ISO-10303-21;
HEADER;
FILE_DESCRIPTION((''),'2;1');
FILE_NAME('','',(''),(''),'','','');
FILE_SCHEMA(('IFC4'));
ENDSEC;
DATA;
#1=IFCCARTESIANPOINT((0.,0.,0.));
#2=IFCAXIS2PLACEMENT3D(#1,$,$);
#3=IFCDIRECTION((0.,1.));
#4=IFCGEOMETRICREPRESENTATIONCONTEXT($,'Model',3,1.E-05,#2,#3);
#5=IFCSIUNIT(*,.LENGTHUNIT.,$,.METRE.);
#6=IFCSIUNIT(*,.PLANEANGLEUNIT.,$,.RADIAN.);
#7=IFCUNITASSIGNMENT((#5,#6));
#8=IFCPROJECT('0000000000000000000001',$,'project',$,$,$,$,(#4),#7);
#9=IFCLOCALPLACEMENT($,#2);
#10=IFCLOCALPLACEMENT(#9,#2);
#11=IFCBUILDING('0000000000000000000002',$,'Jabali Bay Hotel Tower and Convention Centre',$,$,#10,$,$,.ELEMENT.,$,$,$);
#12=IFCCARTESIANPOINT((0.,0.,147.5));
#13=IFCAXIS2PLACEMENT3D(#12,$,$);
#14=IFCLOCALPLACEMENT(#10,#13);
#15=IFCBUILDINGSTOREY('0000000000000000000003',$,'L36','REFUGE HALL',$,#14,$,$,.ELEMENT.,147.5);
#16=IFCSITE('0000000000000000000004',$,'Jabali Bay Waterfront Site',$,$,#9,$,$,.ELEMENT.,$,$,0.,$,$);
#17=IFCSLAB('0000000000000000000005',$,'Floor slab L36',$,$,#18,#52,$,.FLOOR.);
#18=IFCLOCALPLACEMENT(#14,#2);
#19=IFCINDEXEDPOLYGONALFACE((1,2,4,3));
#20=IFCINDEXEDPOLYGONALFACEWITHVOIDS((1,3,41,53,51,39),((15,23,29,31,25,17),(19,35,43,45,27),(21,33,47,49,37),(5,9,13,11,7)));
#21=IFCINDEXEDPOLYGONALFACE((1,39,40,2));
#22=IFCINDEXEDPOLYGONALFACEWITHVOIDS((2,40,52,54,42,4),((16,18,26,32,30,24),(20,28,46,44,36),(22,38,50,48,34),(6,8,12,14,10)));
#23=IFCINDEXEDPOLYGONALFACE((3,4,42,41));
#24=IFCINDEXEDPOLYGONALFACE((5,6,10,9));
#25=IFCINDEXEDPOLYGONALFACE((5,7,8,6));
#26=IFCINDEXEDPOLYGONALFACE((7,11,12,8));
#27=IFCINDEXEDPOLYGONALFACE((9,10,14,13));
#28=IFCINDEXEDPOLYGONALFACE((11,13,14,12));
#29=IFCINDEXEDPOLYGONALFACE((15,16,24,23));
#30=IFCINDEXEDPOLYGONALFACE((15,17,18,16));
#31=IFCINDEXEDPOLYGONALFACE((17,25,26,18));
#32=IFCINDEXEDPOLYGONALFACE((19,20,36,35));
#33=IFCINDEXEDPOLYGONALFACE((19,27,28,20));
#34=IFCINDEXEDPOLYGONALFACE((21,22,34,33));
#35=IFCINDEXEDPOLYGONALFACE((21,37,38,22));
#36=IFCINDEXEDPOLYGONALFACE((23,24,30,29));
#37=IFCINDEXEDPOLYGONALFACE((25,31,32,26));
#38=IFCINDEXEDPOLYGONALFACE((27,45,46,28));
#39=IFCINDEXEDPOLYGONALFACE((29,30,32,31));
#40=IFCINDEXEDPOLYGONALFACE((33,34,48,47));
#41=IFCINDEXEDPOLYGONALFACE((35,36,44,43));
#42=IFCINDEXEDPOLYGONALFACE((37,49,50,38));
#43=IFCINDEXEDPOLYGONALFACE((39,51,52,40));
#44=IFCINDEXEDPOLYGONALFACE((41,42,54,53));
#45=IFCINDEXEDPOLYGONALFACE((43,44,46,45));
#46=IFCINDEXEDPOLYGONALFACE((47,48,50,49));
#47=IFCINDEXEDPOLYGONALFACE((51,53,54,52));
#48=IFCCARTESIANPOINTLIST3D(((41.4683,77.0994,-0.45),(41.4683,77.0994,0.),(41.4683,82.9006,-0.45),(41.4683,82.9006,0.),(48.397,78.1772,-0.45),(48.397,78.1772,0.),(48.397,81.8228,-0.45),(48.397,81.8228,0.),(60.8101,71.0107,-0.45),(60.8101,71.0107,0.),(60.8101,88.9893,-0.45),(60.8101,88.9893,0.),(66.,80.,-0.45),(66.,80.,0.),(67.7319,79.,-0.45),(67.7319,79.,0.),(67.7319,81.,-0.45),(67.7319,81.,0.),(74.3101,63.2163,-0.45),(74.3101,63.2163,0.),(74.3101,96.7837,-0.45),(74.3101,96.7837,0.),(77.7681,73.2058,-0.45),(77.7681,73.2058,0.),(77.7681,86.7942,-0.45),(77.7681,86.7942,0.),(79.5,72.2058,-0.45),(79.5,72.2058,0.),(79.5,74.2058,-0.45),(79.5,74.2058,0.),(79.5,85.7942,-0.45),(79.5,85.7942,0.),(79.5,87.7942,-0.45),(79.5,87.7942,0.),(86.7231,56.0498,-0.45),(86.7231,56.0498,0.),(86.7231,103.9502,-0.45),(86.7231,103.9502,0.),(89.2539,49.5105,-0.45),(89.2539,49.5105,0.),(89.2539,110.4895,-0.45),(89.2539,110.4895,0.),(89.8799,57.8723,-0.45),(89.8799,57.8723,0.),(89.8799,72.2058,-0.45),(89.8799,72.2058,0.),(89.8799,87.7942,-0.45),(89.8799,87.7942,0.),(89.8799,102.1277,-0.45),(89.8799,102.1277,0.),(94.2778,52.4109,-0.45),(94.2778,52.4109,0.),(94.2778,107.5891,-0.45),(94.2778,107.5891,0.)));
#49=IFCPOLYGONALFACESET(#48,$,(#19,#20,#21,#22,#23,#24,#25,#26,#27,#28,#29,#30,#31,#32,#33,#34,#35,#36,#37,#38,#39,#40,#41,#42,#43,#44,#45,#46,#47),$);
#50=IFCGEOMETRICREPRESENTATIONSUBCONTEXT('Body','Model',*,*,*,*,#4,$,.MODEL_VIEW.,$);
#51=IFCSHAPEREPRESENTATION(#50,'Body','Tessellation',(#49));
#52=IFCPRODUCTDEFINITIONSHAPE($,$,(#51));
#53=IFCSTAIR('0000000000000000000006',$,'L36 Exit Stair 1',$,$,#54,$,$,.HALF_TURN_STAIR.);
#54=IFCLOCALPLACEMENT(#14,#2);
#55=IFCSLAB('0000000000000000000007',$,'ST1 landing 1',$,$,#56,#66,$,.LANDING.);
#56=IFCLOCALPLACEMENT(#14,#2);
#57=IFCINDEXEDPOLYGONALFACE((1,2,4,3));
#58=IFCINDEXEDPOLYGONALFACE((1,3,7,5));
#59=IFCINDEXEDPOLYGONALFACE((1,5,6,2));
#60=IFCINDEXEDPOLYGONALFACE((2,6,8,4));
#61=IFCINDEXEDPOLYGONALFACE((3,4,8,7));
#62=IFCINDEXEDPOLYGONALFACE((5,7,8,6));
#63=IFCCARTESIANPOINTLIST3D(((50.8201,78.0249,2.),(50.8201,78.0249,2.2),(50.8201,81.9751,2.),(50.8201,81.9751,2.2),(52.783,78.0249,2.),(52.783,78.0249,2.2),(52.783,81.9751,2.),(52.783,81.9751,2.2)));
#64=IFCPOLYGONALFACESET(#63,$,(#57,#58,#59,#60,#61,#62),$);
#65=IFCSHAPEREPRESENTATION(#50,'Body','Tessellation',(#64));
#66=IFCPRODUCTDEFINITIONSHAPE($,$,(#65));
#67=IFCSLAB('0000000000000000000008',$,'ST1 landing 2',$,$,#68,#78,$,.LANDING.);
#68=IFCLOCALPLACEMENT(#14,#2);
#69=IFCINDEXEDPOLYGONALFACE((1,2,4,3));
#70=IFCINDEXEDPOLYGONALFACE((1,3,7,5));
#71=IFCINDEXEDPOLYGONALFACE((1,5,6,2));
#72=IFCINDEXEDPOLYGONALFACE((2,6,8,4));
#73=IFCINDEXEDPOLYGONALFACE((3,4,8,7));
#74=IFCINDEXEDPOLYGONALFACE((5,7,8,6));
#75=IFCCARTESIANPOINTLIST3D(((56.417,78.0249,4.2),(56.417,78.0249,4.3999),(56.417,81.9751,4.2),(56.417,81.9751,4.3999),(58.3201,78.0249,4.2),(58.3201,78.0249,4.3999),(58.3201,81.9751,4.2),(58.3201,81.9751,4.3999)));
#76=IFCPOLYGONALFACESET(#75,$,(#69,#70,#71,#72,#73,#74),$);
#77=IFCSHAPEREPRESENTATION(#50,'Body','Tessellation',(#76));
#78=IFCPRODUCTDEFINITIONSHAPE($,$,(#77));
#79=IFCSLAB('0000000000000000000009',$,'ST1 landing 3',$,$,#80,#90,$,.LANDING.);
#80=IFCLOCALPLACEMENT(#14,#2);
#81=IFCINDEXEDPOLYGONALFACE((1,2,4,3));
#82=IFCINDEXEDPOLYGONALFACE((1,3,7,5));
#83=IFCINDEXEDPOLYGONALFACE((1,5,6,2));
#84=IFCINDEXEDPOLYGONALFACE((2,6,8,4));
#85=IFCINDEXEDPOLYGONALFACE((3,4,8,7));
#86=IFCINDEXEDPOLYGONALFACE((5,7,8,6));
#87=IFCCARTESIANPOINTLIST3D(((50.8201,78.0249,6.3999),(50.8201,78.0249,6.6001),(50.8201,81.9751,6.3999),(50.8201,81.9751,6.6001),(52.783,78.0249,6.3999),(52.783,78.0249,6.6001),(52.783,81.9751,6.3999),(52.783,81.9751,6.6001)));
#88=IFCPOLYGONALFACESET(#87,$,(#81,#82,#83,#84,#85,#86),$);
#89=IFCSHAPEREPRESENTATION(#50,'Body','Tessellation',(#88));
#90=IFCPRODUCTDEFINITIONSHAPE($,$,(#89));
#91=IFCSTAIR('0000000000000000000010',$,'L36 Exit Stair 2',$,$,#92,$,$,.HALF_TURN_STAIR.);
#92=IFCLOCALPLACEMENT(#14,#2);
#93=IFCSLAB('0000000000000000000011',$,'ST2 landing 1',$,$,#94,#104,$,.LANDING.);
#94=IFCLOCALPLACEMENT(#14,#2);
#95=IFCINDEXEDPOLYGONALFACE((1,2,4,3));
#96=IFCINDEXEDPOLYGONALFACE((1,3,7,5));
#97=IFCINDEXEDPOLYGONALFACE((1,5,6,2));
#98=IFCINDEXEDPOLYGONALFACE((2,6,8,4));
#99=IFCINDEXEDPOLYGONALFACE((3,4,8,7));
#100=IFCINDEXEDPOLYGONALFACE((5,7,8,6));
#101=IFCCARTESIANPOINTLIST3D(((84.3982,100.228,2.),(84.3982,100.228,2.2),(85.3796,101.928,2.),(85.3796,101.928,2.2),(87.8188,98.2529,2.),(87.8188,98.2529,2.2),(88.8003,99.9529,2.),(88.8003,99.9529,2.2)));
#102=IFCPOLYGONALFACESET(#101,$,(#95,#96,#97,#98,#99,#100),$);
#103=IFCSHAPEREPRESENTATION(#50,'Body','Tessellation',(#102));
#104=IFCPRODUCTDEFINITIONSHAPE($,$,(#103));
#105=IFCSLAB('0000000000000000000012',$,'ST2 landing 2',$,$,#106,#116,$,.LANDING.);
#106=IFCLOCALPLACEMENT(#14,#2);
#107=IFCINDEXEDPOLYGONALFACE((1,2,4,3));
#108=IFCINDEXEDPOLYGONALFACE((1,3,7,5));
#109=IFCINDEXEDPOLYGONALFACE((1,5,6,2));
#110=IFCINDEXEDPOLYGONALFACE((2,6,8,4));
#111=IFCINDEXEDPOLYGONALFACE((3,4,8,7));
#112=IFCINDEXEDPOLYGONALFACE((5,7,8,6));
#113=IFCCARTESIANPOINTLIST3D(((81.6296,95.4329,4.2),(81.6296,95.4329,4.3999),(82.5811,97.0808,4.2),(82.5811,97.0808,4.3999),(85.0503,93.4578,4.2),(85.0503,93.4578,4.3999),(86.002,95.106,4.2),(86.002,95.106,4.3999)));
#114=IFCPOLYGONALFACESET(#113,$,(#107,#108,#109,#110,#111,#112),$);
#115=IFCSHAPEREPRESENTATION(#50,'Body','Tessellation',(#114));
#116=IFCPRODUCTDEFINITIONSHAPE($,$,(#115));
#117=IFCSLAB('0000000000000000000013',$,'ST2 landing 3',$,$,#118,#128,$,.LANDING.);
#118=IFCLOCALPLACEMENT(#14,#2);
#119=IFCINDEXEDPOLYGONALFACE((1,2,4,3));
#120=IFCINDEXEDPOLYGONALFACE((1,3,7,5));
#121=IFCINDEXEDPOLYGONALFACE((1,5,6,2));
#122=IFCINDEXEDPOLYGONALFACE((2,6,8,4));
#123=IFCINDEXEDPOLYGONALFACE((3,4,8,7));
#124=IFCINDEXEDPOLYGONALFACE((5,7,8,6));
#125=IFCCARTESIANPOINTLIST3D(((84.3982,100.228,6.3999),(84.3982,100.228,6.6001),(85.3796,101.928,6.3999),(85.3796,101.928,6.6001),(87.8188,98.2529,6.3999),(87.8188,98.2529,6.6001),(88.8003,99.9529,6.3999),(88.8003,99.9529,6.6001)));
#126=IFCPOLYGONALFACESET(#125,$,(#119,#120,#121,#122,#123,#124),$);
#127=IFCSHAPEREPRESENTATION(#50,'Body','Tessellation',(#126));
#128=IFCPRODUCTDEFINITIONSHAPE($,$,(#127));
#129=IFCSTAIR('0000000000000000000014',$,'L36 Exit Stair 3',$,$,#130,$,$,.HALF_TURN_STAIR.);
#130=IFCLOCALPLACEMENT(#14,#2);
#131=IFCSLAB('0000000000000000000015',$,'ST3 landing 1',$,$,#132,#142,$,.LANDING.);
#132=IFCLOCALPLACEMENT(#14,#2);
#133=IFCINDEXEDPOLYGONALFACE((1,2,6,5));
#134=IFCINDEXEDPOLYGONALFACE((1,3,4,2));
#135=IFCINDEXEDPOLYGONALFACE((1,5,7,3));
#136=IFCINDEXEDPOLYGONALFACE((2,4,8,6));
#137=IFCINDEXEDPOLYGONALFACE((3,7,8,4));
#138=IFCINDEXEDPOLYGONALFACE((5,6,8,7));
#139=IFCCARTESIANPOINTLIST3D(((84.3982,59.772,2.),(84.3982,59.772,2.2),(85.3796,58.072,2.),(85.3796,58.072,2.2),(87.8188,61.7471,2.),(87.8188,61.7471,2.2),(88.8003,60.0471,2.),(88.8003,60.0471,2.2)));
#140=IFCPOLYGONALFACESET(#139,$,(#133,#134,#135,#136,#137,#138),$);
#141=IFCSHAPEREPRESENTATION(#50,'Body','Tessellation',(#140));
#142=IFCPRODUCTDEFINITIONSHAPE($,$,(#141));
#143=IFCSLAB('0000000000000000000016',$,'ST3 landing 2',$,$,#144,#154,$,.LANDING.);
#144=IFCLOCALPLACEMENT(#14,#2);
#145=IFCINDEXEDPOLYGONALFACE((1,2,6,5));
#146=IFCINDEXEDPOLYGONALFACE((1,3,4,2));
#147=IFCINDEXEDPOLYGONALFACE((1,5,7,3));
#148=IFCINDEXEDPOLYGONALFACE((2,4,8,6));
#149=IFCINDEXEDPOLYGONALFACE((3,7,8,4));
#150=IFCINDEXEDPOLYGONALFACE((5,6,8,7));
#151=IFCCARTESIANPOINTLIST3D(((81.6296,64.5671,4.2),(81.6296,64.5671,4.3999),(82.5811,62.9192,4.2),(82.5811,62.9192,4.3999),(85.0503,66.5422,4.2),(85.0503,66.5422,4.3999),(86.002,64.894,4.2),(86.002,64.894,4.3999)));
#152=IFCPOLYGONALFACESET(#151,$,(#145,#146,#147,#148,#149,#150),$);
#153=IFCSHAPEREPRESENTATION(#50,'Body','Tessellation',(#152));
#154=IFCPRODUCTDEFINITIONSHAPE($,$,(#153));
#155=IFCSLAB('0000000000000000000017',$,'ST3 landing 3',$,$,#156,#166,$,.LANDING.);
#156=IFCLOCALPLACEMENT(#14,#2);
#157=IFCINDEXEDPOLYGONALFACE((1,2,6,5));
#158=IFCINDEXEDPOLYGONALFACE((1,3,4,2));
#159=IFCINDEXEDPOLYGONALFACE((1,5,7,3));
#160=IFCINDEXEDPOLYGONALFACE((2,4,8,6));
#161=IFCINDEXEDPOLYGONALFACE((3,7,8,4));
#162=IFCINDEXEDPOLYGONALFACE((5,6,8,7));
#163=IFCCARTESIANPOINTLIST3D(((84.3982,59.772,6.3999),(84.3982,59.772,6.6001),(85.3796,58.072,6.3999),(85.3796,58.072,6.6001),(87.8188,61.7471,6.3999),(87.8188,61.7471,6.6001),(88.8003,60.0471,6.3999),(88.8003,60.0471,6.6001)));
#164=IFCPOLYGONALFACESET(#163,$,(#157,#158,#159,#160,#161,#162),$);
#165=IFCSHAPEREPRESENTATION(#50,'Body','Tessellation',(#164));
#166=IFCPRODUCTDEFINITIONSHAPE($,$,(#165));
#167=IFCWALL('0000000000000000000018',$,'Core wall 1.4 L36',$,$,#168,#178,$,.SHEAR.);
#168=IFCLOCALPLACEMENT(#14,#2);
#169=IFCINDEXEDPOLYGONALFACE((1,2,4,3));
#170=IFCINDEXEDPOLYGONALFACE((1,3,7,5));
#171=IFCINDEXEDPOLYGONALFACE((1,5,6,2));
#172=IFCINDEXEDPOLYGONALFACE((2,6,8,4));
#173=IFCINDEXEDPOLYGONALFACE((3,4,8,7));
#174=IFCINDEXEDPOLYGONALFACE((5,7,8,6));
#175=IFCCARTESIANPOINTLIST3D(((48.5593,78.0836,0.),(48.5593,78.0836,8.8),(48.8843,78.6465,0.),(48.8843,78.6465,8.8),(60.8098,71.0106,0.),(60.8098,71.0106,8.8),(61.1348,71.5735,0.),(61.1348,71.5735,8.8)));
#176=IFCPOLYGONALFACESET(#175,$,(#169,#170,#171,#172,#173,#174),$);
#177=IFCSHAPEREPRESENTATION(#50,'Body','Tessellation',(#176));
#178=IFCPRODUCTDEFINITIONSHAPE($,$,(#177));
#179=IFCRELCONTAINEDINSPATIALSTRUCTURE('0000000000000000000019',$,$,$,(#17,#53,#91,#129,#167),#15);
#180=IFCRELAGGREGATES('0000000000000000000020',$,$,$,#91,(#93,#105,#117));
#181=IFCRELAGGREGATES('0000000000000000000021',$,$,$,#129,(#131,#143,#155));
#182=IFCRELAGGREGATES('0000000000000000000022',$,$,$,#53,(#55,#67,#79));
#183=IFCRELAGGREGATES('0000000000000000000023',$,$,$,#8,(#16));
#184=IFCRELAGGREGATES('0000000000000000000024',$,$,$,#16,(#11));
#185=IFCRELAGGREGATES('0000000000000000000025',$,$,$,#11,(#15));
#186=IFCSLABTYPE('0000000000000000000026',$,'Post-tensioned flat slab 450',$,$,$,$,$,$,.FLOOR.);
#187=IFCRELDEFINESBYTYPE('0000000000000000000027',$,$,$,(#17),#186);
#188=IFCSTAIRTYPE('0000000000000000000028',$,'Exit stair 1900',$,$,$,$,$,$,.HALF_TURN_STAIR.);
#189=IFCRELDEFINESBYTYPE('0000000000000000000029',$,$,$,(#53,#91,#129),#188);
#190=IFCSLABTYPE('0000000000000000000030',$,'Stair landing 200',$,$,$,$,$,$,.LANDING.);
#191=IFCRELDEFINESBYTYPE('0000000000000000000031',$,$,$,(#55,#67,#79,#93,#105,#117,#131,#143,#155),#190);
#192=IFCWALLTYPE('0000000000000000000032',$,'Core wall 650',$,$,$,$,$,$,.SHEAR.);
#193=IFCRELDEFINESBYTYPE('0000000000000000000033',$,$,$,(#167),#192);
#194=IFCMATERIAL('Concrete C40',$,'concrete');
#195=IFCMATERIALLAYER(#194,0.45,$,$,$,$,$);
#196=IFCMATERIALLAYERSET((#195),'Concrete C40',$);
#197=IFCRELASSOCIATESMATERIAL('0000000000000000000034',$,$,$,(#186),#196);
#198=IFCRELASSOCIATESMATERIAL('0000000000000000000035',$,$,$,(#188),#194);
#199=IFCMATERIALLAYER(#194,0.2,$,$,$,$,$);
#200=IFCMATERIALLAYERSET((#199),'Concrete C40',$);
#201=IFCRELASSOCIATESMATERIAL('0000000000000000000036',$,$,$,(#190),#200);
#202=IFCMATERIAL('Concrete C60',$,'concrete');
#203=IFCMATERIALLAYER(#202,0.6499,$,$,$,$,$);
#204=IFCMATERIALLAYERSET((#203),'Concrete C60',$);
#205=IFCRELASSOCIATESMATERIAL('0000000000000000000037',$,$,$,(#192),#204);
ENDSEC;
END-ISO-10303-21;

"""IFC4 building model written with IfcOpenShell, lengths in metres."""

from ifc_helpers import new_model, si_unit, direction, frame, frame_2d, origin, place, context, subcontext, project, spatial, polyline, rectangle, outline, extrude, material, layer, layer_set, type_object, element, aggregate, save


model = new_model("IFC4")

# Units and contexts
model_context = context("Model", 3, precision=1e-05, world=origin(), true_north=direction((0.0, 1.0)))
body_context = subcontext(model_context, "Body", "Model", "MODEL_VIEW")
ifc_project = project(units=[si_unit("LENGTHUNIT", "METRE"), si_unit("PLANEANGLEUNIT", "RADIAN")], contexts=[model_context])

# Site, building, storey
site_placement = place(None, origin())
site = spatial("IfcSite", under=ifc_project, at=site_placement, Name="Jabali Bay Waterfront Site", CompositionType="ELEMENT", RefElevation=0.0)
building_placement = place(site_placement, origin())
building = spatial("IfcBuilding", under=site, at=building_placement, Name="Jabali Bay Hotel Tower and Convention Centre", CompositionType="ELEMENT")
storey_placement = place(building_placement, frame((0.0, 0.0, 147.5)))
storey = spatial("IfcBuildingStorey", under=building, at=storey_placement, Name="L36", Description="REFUGE HALL", CompositionType="ELEMENT", Elevation=147.5)

# Shared definitions
ifc_material_1 = material(Name="Concrete C60", Category="concrete")

# Slab
ifc_material_2 = material(Name="Concrete C40", Category="concrete")
ifc_layer_1 = layer(ifc_material_2, 0.45)
ifc_layer_set_1 = layer_set([ifc_layer_1], Name="Concrete C40")
slab_type_1 = type_object("IfcSlabType", Name="Post-tensioned flat slab 450", PredefinedType="FLOOR", material=ifc_layer_set_1)
slab_1_placement = place(storey_placement, frame((0.0, 0.0, -0.45)))
element("IfcSlab", 1, at=slab_1_placement, inside=storey, type_object=slab_type_1, Name="Floor slab L36", PredefinedType="FLOOR", context=body_context, shape_type="SweptSolid", body=[
    extrude(outline(polyline([(89.2539, 110.4895), (94.2778, 107.5891), (94.2778, 52.4109), (89.2539, 49.5105), (41.4683, 77.0994), (41.4683, 82.9006), (89.2539, 110.4895)]), holes=[polyline([(67.7319, 79.0), (77.7681, 73.2058), (79.5, 74.2058), (79.5, 85.7942), (77.7681, 86.7942), (67.7319, 81.0), (67.7319, 79.0)]), polyline([(48.397, 78.1772), (60.8101, 71.0107), (66.0, 80.0), (60.8101, 88.9893), (48.397, 81.8228), (48.397, 78.1772)]), polyline([(89.8799, 102.1277), (86.7231, 103.9502), (74.3101, 96.7837), (79.5, 87.7942), (89.8799, 87.7942), (89.8799, 102.1277)]), polyline([(74.3101, 63.2163), (86.7231, 56.0498), (89.8799, 57.8723), (89.8799, 72.2058), (79.5, 72.2058), (74.3101, 63.2163)])]), origin(), (0.0, 0.0, 1.0), 0.45),
])

# Stairs, slabs
stair_type = type_object("IfcStairType", Name="Exit stair 1900", PredefinedType="HALF_TURN_STAIR", material=ifc_material_2)
stair_1_placement = place(storey_placement, origin())
stair_1 = element("IfcStair", 2, at=stair_1_placement, inside=storey, type_object=stair_type, Name="L36 Exit Stair 1", PredefinedType="HALF_TURN_STAIR")
ifc_layer_2 = layer(ifc_material_2, 0.2)
ifc_layer_set_2 = layer_set([ifc_layer_2], Name="Concrete C40")
slab_type_2 = type_object("IfcSlabType", Name="Stair landing 200", PredefinedType="LANDING", material=ifc_layer_set_2)
slab_2_placement = place(storey_placement, frame((0.0, 0.0, 2.0)))
slab_2 = element("IfcSlab", 3, at=slab_2_placement, type_object=slab_type_2, Name="ST1 landing 1", PredefinedType="LANDING", context=body_context, shape_type="SweptSolid", body=[
    extrude(outline(polyline([(52.783, 81.9751), (50.8201, 81.9751), (50.8201, 78.0249), (52.783, 78.0249), (52.783, 81.9751)])), origin(), (0.0, 0.0, 1.0), 0.2),
])
slab_3_placement = place(storey_placement, frame((0.0, 0.0, 4.2)))
slab_3 = element("IfcSlab", 4, at=slab_3_placement, type_object=slab_type_2, Name="ST1 landing 2", PredefinedType="LANDING", context=body_context, shape_type="SweptSolid", body=[
    extrude(outline(polyline([(58.3201, 81.9751), (56.417, 81.9751), (56.417, 78.0249), (58.3201, 78.0249), (58.3201, 81.9751)])), origin(), (0.0, 0.0, 1.0), 0.2),
])
slab_4_placement = place(storey_placement, frame((0.0, 0.0, 6.3999)))
slab_4 = element("IfcSlab", 5, at=slab_4_placement, type_object=slab_type_2, Name="ST1 landing 3", PredefinedType="LANDING", context=body_context, shape_type="SweptSolid", body=[
    extrude(outline(polyline([(52.783, 81.9751), (50.8201, 81.9751), (50.8201, 78.0249), (52.783, 78.0249), (52.783, 81.9751)])), origin(), (0.0, 0.0, 1.0), 0.2002),
])
stair_2_placement = place(storey_placement, origin())
stair_2 = element("IfcStair", 6, at=stair_2_placement, inside=storey, type_object=stair_type, Name="L36 Exit Stair 2", PredefinedType="HALF_TURN_STAIR")
slab_5_placement = place(storey_placement, frame((0.0, 0.0, 2.0)))
slab_5 = element("IfcSlab", 7, at=slab_5_placement, type_object=slab_type_2, Name="ST2 landing 1", PredefinedType="LANDING", context=body_context, shape_type="SweptSolid", body=[
    extrude(outline(polyline([(87.8188, 98.2529), (88.8003, 99.9529), (85.3796, 101.928), (84.3982, 100.228), (87.8188, 98.2529)])), origin(), (0.0, 0.0, 1.0), 0.2),
])
slab_6_placement = place(storey_placement, frame((0.0, 0.0, 4.2)))
slab_6 = element("IfcSlab", 8, at=slab_6_placement, type_object=slab_type_2, Name="ST2 landing 2", PredefinedType="LANDING", context=body_context, shape_type="SweptSolid", body=[
    extrude(outline(polyline([(85.0503, 93.4578), (86.002, 95.106), (82.5811, 97.0808), (81.6296, 95.4329), (85.0503, 93.4578)])), origin(), (0.0, 0.0, 1.0), 0.2),
])
slab_7_placement = place(storey_placement, frame((0.0, 0.0, 6.3999)))
slab_7 = element("IfcSlab", 9, at=slab_7_placement, type_object=slab_type_2, Name="ST2 landing 3", PredefinedType="LANDING", context=body_context, shape_type="SweptSolid", body=[
    extrude(outline(polyline([(87.8188, 98.2529), (88.8003, 99.9529), (85.3796, 101.928), (84.3982, 100.228), (87.8188, 98.2529)])), origin(), (0.0, 0.0, 1.0), 0.2002),
])
aggregate(stair_2, [slab_5, slab_6, slab_7])
stair_3_placement = place(storey_placement, origin())
stair_3 = element("IfcStair", 10, at=stair_3_placement, inside=storey, type_object=stair_type, Name="L36 Exit Stair 3", PredefinedType="HALF_TURN_STAIR")
slab_8_placement = place(storey_placement, frame((0.0, 0.0, 2.0)))
slab_8 = element("IfcSlab", 11, at=slab_8_placement, type_object=slab_type_2, Name="ST3 landing 1", PredefinedType="LANDING", context=body_context, shape_type="SweptSolid", body=[
    extrude(outline(polyline([(84.3982, 59.772), (85.3796, 58.072), (88.8003, 60.0471), (87.8188, 61.7471), (84.3982, 59.772)])), origin(), (0.0, 0.0, 1.0), 0.2),
])
slab_9_placement = place(storey_placement, frame((0.0, 0.0, 4.2)))
slab_9 = element("IfcSlab", 12, at=slab_9_placement, type_object=slab_type_2, Name="ST3 landing 2", PredefinedType="LANDING", context=body_context, shape_type="SweptSolid", body=[
    extrude(outline(polyline([(81.6296, 64.5671), (82.5811, 62.9192), (86.002, 64.894), (85.0503, 66.5422), (81.6296, 64.5671)])), origin(), (0.0, 0.0, 1.0), 0.2),
])
slab_10_placement = place(storey_placement, frame((0.0, 0.0, 6.3999)))
slab_10 = element("IfcSlab", 13, at=slab_10_placement, type_object=slab_type_2, Name="ST3 landing 3", PredefinedType="LANDING", context=body_context, shape_type="SweptSolid", body=[
    extrude(outline(polyline([(84.3982, 59.772), (85.3796, 58.072), (88.8003, 60.0471), (87.8188, 61.7471), (84.3982, 59.772)])), origin(), (0.0, 0.0, 1.0), 0.2002),
])
aggregate(stair_3, [slab_8, slab_9, slab_10])

# Wall
ifc_layer_3 = layer(ifc_material_1, 0.6499)
ifc_layer_set_3 = layer_set([ifc_layer_3], Name="Concrete C60")
wall_type = type_object("IfcWallType", Name="Core wall 650", PredefinedType="SHEAR", material=ifc_layer_set_3)
wall_placement = place(storey_placement, frame((48.7219, 78.365, 0.0), z_axis=(0.0, 0.0, 1.0), x_axis=(0.86602, -0.500009, 0.0)))
element("IfcWall", 14, at=wall_placement, inside=storey, type_object=wall_type, Name="Core wall 1.4 L36", PredefinedType="SHEAR", context=body_context, shape_type="SweptSolid", body=[
    extrude(rectangle(XDim=14.1458, YDim=0.6499, at=frame_2d((7.0728, 0.0))), origin(), (0.0, 0.0, 1.0), 8.8),
])

aggregate(stair_1, [slab_2, slab_3, slab_4])

save(model, "model.ifc")
